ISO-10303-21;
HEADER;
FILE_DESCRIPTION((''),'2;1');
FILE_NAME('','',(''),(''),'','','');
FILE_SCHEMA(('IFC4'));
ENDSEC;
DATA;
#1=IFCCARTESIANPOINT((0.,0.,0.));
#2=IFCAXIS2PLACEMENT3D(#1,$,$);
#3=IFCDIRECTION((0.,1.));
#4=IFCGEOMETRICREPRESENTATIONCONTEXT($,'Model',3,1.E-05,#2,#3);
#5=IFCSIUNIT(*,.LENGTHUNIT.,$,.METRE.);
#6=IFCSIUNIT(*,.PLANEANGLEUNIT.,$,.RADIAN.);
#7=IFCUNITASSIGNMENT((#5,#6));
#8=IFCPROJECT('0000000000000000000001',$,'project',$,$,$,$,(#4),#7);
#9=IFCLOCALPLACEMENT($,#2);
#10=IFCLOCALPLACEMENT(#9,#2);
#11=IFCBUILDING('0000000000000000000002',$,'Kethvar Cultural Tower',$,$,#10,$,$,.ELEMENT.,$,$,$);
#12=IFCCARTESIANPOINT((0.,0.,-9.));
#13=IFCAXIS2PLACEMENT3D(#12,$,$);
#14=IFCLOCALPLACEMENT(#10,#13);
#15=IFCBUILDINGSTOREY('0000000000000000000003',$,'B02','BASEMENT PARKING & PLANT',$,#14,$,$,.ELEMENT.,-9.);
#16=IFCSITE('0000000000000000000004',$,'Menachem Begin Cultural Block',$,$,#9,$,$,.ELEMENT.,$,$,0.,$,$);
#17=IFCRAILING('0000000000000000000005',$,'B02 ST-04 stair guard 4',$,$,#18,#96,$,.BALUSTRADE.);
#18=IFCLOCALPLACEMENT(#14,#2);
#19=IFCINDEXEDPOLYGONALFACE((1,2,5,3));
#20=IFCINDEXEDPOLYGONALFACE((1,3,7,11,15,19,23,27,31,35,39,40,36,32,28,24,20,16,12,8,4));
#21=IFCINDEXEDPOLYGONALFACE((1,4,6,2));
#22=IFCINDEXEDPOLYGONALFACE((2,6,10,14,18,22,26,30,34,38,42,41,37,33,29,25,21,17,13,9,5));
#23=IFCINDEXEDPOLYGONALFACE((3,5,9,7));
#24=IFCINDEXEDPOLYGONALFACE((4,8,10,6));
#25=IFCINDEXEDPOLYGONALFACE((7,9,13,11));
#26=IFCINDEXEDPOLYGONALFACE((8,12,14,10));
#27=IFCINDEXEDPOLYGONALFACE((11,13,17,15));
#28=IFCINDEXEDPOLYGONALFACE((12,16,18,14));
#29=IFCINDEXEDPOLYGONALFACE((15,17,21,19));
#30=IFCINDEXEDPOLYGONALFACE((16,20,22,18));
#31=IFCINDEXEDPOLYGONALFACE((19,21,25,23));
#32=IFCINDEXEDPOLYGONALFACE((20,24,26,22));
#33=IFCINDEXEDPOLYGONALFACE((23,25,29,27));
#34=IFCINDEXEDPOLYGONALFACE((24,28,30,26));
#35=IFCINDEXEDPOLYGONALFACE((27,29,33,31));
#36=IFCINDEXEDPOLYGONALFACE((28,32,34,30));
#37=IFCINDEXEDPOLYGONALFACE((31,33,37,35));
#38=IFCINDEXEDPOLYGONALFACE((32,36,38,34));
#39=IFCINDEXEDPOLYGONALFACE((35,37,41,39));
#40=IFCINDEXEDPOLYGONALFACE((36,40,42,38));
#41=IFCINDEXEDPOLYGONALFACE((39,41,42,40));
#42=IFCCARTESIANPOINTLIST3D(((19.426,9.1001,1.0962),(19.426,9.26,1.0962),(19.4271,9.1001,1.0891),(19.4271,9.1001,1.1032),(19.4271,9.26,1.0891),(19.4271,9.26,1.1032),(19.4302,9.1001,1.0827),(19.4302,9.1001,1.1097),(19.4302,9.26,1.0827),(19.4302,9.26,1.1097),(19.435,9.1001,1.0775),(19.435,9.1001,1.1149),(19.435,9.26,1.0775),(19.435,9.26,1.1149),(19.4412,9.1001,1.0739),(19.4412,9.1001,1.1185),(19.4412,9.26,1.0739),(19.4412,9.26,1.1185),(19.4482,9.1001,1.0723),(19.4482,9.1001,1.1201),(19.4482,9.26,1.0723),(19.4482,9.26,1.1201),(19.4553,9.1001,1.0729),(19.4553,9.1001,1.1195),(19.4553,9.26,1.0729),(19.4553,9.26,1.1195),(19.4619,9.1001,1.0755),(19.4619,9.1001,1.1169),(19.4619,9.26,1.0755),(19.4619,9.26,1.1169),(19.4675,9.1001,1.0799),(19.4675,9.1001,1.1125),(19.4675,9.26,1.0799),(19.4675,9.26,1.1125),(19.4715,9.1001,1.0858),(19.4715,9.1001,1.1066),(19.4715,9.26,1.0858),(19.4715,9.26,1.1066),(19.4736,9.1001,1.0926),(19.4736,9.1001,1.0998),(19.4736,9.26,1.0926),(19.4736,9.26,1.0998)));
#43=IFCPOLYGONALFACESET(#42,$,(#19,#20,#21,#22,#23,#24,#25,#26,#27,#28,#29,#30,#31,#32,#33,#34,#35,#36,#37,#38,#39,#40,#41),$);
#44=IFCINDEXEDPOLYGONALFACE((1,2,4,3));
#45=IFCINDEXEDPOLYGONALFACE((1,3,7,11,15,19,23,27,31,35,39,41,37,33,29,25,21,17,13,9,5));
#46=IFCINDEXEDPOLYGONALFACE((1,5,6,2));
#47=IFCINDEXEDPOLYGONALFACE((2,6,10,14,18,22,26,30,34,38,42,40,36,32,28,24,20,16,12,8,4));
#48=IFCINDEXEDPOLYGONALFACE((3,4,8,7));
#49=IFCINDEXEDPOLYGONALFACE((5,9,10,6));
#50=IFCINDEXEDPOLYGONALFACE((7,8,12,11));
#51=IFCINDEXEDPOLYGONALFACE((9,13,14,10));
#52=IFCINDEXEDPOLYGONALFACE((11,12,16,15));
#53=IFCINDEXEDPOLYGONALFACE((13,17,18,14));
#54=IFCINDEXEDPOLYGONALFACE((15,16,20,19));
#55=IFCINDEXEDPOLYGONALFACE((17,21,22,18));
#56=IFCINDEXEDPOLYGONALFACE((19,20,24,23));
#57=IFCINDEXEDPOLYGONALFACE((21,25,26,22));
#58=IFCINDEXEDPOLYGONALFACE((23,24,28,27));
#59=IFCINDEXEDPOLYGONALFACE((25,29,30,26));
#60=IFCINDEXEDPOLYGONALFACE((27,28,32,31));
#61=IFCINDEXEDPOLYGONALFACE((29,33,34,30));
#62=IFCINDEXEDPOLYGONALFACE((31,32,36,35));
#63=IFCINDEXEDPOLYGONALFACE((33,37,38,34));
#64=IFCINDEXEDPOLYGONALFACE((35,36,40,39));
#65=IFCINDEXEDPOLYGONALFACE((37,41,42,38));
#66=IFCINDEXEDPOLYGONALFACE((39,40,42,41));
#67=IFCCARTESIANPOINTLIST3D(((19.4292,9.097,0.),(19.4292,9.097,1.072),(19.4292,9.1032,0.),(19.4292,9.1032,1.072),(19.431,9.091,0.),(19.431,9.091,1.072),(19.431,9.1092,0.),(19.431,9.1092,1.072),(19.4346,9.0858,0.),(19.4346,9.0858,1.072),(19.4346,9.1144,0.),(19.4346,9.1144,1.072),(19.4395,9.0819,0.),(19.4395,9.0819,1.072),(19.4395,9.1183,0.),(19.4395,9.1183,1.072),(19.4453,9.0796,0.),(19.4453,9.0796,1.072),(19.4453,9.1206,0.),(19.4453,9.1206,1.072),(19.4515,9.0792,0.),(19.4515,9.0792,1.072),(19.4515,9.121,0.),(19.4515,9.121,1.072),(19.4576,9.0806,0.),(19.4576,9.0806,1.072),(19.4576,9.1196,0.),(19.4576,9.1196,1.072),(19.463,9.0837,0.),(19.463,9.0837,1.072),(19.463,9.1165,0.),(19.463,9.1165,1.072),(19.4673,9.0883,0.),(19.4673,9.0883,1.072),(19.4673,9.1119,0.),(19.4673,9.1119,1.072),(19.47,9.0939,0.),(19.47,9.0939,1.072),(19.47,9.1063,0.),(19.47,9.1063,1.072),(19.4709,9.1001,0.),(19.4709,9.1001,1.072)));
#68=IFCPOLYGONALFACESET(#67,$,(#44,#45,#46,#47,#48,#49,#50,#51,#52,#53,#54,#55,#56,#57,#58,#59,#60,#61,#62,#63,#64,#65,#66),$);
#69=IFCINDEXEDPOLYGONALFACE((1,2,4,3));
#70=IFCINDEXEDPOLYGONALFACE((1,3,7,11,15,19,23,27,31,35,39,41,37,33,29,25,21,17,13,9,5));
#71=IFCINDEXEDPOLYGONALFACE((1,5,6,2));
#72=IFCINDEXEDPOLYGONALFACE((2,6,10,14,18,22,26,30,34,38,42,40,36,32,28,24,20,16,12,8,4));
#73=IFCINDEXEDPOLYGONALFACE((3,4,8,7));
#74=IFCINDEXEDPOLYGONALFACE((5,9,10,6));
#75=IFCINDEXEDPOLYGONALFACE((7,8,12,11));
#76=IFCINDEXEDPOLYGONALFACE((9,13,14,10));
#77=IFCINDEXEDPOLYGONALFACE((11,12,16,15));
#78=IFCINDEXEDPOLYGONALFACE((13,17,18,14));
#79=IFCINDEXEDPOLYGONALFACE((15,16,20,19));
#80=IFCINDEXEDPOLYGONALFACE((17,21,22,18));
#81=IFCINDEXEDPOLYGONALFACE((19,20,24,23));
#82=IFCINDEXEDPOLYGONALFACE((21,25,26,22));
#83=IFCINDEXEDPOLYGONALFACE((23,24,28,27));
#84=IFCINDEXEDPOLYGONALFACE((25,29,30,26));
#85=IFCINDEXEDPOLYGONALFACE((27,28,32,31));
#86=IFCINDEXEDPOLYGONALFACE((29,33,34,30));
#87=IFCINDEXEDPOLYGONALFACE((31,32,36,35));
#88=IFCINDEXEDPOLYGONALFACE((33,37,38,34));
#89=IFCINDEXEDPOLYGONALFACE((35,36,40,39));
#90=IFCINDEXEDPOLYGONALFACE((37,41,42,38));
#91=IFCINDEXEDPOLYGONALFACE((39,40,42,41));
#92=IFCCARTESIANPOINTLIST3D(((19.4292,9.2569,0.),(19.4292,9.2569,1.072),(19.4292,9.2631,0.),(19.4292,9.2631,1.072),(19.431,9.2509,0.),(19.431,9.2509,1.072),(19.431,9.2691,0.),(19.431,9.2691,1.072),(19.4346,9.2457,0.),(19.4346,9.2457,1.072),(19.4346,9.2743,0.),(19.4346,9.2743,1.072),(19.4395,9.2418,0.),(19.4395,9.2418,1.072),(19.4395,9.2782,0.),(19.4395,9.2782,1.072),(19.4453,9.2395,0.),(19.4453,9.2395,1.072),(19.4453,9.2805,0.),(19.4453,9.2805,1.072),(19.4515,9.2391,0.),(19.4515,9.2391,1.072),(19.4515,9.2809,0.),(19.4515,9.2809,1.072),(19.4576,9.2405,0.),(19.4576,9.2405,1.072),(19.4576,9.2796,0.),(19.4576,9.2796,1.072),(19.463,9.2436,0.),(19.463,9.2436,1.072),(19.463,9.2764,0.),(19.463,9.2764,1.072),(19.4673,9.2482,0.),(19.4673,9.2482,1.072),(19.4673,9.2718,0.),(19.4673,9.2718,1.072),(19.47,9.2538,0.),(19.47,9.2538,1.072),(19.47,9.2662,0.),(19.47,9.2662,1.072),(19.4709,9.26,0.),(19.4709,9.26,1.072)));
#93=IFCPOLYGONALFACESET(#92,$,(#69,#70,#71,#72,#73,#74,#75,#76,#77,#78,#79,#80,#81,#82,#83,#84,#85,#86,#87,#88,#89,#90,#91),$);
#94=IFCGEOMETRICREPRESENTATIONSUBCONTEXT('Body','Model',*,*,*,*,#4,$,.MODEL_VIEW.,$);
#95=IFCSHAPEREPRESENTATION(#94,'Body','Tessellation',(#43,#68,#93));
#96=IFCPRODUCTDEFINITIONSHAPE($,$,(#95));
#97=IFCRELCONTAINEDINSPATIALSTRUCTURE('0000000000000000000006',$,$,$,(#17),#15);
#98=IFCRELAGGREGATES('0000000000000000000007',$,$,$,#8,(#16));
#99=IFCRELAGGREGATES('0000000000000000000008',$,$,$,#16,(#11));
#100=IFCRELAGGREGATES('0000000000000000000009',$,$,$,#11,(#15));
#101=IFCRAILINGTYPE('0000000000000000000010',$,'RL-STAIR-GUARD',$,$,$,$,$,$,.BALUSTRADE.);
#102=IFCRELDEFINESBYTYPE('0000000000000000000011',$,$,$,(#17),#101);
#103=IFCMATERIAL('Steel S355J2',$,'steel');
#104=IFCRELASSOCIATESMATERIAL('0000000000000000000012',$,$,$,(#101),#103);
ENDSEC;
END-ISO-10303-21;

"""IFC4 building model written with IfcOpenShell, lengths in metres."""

from ifc_helpers import new_model, si_unit, direction, frame, origin, origin_2d, place, context, subcontext, project, spatial, circle, extrude, material, type_object, element, save


model = new_model("IFC4")

# Units and contexts
model_context = context("Model", 3, precision=1e-05, world=origin(), true_north=direction((0.0, 1.0)))
body_context = subcontext(model_context, "Body", "Model", "MODEL_VIEW")
ifc_project = project(units=[si_unit("LENGTHUNIT", "METRE"), si_unit("PLANEANGLEUNIT", "RADIAN")], contexts=[model_context])

# Site, building, storey
site_placement = place(None, origin())
site = spatial("IfcSite", under=ifc_project, at=site_placement, Name="Menachem Begin Cultural Block", CompositionType="ELEMENT", RefElevation=0.0)
building_placement = place(site_placement, origin())
building = spatial("IfcBuilding", under=site, at=building_placement, Name="Kethvar Cultural Tower", CompositionType="ELEMENT")
storey_placement = place(building_placement, frame((0.0, 0.0, -9.0)))
storey = spatial("IfcBuildingStorey", under=building, at=storey_placement, Name="B02", Description="BASEMENT PARKING & PLANT", CompositionType="ELEMENT", Elevation=-9.0)

# Shared definitions
ifc_material_1 = material(Name="Steel S355J2", Category="steel")

# Railing
railing_type_1 = type_object("IfcRailingType", Name="RL-STAIR-GUARD", PredefinedType="BALUSTRADE", material=ifc_material_1)
railing_1_placement = place(storey_placement, frame((19.45, 9.1001, 0.0)))
element("IfcRailing", 1, at=railing_1_placement, inside=storey, type_object=railing_type_1, Name="B02 ST-04 stair guard 4", PredefinedType="BALUSTRADE", context=body_context, shape_type="SweptSolid", body=[
    extrude(circle(Radius=0.0239, at=origin_2d()), frame((0.0, 0.0, 1.0962), z_axis=(0.0, 1.0, 0.0), x_axis=(-1.0, 0.0, 0.0)), (0.0, 0.0, 1.0), 0.1599),
    extrude(circle(Radius=0.021, at=origin_2d()), origin(), (0.0, 0.0, 1.0), 1.072),
    extrude(circle(Radius=0.021, at=origin_2d()), frame((0.0, 0.1599, 0.0)), (0.0, 0.0, 1.0), 1.072),
])

save(model, "model.ifc")
